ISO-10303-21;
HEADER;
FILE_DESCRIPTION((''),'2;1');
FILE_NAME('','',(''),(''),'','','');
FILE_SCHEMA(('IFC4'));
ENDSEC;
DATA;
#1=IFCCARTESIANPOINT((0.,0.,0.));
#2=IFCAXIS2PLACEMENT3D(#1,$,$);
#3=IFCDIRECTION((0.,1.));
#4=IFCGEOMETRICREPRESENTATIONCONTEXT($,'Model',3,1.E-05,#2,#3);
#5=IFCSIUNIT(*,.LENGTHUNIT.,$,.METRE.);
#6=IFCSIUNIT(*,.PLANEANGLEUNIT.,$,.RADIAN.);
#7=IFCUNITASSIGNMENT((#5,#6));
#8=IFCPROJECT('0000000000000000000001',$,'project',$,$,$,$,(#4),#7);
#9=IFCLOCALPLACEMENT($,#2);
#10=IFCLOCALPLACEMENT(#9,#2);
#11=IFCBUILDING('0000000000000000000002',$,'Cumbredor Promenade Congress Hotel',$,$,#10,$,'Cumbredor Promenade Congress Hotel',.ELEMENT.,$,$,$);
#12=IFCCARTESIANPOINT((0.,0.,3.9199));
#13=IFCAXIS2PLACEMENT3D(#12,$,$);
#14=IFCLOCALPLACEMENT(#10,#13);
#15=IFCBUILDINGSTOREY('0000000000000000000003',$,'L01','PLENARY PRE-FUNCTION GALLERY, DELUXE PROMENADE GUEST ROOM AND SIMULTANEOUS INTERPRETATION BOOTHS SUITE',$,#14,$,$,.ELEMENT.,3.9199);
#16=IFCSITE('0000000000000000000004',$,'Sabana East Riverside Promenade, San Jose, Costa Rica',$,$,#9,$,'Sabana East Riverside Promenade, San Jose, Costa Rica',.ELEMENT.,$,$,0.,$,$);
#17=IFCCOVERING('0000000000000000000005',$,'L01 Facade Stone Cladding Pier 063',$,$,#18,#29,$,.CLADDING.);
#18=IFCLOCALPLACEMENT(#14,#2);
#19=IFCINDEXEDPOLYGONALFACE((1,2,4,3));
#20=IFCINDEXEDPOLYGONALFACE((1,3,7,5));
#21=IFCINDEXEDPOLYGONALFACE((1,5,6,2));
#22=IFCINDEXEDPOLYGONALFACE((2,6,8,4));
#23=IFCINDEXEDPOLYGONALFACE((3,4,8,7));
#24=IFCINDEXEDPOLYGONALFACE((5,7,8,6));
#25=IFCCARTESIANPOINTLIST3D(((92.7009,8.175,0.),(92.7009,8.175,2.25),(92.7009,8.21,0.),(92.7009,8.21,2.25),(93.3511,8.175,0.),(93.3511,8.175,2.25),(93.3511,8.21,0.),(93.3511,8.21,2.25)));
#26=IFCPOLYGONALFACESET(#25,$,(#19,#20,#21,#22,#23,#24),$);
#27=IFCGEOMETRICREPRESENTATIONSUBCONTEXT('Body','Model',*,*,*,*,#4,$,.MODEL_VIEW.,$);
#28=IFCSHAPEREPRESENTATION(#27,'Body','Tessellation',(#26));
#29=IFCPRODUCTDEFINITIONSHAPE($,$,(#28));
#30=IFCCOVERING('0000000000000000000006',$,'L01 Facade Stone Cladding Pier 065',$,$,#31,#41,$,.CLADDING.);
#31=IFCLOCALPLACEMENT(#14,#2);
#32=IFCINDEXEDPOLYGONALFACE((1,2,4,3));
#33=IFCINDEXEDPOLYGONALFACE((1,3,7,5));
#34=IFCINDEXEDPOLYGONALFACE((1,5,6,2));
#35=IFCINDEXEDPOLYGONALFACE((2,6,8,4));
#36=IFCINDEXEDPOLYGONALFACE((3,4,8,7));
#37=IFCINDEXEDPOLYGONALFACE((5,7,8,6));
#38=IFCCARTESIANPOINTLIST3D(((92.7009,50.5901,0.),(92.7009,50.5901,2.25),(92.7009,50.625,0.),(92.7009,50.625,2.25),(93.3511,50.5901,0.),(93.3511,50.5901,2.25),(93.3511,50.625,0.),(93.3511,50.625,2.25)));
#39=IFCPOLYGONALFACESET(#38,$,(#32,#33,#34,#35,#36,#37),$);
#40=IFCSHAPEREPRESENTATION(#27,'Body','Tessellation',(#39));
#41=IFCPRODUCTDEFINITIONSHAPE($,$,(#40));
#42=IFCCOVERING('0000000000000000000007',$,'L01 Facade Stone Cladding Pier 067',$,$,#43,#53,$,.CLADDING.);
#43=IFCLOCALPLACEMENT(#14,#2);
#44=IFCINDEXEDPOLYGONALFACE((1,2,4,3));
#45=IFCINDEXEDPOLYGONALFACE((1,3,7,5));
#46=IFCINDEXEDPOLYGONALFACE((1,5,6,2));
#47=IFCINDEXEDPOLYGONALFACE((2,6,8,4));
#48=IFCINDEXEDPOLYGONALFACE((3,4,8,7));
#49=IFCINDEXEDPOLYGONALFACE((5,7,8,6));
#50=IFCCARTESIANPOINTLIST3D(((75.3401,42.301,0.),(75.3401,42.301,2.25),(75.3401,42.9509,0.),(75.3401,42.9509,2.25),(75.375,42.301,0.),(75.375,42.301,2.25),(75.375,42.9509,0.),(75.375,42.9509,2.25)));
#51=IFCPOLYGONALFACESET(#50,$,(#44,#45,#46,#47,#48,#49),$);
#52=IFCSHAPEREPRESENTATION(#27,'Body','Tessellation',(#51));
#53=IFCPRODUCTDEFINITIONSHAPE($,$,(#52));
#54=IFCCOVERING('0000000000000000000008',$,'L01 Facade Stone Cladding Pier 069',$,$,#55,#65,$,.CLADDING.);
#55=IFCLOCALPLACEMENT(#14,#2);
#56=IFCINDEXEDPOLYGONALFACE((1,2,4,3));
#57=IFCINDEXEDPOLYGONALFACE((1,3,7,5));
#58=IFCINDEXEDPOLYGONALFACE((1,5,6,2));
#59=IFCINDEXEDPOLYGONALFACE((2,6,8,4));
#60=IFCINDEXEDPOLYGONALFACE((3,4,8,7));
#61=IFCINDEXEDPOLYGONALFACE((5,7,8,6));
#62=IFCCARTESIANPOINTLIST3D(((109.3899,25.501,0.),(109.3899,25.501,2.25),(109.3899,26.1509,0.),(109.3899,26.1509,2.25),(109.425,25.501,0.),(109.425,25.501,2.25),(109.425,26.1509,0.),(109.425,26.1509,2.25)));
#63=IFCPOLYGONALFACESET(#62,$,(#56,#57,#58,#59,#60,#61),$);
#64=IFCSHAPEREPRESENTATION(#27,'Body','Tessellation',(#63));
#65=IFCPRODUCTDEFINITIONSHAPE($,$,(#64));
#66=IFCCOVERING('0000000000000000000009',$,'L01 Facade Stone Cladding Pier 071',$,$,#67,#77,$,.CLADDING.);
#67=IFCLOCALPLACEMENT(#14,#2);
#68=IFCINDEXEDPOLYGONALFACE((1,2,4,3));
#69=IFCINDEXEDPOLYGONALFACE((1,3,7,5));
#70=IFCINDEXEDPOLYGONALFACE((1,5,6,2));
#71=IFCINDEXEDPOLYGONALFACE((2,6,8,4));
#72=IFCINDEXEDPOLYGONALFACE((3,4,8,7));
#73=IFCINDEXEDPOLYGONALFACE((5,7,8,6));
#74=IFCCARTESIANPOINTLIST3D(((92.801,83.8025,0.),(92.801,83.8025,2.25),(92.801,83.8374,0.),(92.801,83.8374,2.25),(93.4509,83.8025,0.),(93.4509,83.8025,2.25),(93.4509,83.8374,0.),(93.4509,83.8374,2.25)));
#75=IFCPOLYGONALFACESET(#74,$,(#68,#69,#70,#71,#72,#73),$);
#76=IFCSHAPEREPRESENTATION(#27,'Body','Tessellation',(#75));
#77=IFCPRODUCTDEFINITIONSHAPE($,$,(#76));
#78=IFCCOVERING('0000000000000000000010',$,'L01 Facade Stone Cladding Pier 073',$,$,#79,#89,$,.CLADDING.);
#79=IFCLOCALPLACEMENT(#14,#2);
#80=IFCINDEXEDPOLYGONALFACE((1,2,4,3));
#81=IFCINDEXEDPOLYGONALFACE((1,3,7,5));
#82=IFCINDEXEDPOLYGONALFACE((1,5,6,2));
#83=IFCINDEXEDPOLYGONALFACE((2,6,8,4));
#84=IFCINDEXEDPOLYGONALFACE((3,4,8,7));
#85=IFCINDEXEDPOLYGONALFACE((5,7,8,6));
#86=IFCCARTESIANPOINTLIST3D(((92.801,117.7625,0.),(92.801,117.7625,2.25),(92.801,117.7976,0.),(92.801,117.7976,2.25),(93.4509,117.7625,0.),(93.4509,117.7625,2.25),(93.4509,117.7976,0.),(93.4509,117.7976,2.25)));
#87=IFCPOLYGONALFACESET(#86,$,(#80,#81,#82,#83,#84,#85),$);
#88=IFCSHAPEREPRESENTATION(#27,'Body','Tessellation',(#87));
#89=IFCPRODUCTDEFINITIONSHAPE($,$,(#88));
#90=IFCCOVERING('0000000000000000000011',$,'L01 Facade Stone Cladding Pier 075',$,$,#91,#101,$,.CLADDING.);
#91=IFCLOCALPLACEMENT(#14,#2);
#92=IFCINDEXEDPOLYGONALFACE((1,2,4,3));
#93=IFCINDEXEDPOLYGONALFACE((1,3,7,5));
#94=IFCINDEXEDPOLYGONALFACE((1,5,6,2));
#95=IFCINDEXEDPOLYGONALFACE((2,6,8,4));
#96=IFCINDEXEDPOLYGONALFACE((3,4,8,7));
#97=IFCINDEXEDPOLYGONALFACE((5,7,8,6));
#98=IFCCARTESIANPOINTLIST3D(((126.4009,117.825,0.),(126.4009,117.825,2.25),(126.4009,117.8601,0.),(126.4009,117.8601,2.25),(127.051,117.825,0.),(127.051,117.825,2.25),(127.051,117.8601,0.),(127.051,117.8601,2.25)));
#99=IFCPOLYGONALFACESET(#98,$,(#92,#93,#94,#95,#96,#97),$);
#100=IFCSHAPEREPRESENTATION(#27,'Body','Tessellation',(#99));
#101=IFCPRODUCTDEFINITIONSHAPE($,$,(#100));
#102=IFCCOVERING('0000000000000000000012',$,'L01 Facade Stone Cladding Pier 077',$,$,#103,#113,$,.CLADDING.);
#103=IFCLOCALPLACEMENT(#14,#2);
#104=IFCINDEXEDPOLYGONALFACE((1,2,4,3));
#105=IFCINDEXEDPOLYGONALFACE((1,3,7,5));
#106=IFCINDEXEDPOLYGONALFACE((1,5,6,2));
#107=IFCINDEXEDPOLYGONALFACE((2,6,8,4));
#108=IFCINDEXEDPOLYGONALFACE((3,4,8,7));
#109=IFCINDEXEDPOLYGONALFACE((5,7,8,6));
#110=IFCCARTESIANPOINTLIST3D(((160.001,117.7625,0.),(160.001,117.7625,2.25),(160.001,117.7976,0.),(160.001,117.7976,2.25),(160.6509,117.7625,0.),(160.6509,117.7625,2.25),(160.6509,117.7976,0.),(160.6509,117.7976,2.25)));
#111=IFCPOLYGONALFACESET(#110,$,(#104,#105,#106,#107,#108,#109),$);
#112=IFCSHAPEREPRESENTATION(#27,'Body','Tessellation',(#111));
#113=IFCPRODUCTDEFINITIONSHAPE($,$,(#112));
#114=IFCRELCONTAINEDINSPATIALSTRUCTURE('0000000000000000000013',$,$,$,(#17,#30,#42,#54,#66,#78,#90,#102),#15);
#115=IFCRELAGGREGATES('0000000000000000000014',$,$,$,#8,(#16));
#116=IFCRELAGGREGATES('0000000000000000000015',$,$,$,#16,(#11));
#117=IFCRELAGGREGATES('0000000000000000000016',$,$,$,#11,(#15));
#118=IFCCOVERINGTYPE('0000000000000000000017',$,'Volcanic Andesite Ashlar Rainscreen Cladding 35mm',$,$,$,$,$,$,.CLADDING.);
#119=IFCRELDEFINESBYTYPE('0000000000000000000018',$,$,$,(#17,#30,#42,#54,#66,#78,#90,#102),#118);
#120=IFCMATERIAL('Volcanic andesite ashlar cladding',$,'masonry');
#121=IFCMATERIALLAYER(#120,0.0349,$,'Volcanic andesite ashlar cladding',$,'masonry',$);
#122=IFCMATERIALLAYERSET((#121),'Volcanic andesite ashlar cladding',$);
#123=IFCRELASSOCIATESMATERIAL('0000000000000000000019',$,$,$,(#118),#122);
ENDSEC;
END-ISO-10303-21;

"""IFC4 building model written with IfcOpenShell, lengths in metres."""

from ifc_helpers import new_model, si_unit, direction, frame, origin, place, context, subcontext, project, spatial, polyline, outline, extrude, material, layer, layer_set, type_object, element, save


model = new_model("IFC4")

# Units and contexts
model_context = context("Model", 3, precision=1e-05, world=origin(), true_north=direction((0.0, 1.0)))
body_context = subcontext(model_context, "Body", "Model", "MODEL_VIEW")
ifc_project = project(units=[si_unit("LENGTHUNIT", "METRE"), si_unit("PLANEANGLEUNIT", "RADIAN")], contexts=[model_context])

# Site, building, storey
site_placement = place(None, origin())
site = spatial("IfcSite", under=ifc_project, at=site_placement, Name="Sabana East Riverside Promenade, San Jose, Costa Rica", LongName="Sabana East Riverside Promenade, San Jose, Costa Rica", CompositionType="ELEMENT", RefElevation=0.0)
building_placement = place(site_placement, origin())
building = spatial("IfcBuilding", under=site, at=building_placement, Name="Cumbredor Promenade Congress Hotel", LongName="Cumbredor Promenade Congress Hotel", CompositionType="ELEMENT")
storey_placement = place(building_placement, frame((0.0, 0.0, 3.9199)))
storey = spatial("IfcBuildingStorey", under=building, at=storey_placement, Name="L01", Description="PLENARY PRE-FUNCTION GALLERY, DELUXE PROMENADE GUEST ROOM AND SIMULTANEOUS INTERPRETATION BOOTHS SUITE", CompositionType="ELEMENT", Elevation=3.9199)

# Coverings
ifc_material_1 = material(Name="Volcanic andesite ashlar cladding", Category="masonry")
ifc_layer_1 = layer(ifc_material_1, 0.0349, Name="Volcanic andesite ashlar cladding", Category="masonry")
ifc_layer_set_1 = layer_set([ifc_layer_1], Name="Volcanic andesite ashlar cladding")
covering_type_1 = type_object("IfcCoveringType", Name="Volcanic Andesite Ashlar Rainscreen Cladding 35mm", PredefinedType="CLADDING", material=ifc_layer_set_1)
covering_1_placement = place(storey_placement, origin())
element("IfcCovering", 1, at=covering_1_placement, inside=storey, type_object=covering_type_1, Name="L01 Facade Stone Cladding Pier 063", PredefinedType="CLADDING", context=body_context, shape_type="SweptSolid", body=[
    extrude(outline(polyline([(92.7009, 8.21), (93.3511, 8.21), (93.3511, 8.175), (92.7009, 8.175), (92.7009, 8.21)])), origin(), (0.0, 0.0, 1.0), 2.25),
])
covering_2_placement = place(storey_placement, origin())
element("IfcCovering", 2, at=covering_2_placement, inside=storey, type_object=covering_type_1, Name="L01 Facade Stone Cladding Pier 065", PredefinedType="CLADDING", context=body_context, shape_type="SweptSolid", body=[
    extrude(outline(polyline([(92.7009, 50.5901), (93.3511, 50.5901), (93.3511, 50.625), (92.7009, 50.625), (92.7009, 50.5901)])), origin(), (0.0, 0.0, 1.0), 2.25),
])
covering_3_placement = place(storey_placement, origin())
element("IfcCovering", 3, at=covering_3_placement, inside=storey, type_object=covering_type_1, Name="L01 Facade Stone Cladding Pier 067", PredefinedType="CLADDING", context=body_context, shape_type="SweptSolid", body=[
    extrude(outline(polyline([(75.375, 42.301), (75.375, 42.9509), (75.3401, 42.9509), (75.3401, 42.301), (75.375, 42.301)])), origin(), (0.0, 0.0, 1.0), 2.25),
])
covering_4_placement = place(storey_placement, origin())
element("IfcCovering", 4, at=covering_4_placement, inside=storey, type_object=covering_type_1, Name="L01 Facade Stone Cladding Pier 069", PredefinedType="CLADDING", context=body_context, shape_type="SweptSolid", body=[
    extrude(outline(polyline([(109.3899, 25.501), (109.3899, 26.1509), (109.425, 26.1509), (109.425, 25.501), (109.3899, 25.501)])), origin(), (0.0, 0.0, 1.0), 2.25),
])
covering_5_placement = place(storey_placement, origin())
element("IfcCovering", 5, at=covering_5_placement, inside=storey, type_object=covering_type_1, Name="L01 Facade Stone Cladding Pier 071", PredefinedType="CLADDING", context=body_context, shape_type="SweptSolid", body=[
    extrude(outline(polyline([(92.801, 83.8374), (93.4509, 83.8374), (93.4509, 83.8025), (92.801, 83.8025), (92.801, 83.8374)])), origin(), (0.0, 0.0, 1.0), 2.25),
])
covering_6_placement = place(storey_placement, origin())
element("IfcCovering", 6, at=covering_6_placement, inside=storey, type_object=covering_type_1, Name="L01 Facade Stone Cladding Pier 073", PredefinedType="CLADDING", context=body_context, shape_type="SweptSolid", body=[
    extrude(outline(polyline([(92.801, 117.7625), (93.4509, 117.7625), (93.4509, 117.7976), (92.801, 117.7976), (92.801, 117.7625)])), origin(), (0.0, 0.0, 1.0), 2.25),
])
covering_7_placement = place(storey_placement, origin())
element("IfcCovering", 7, at=covering_7_placement, inside=storey, type_object=covering_type_1, Name="L01 Facade Stone Cladding Pier 075", PredefinedType="CLADDING", context=body_context, shape_type="SweptSolid", body=[
    extrude(outline(polyline([(126.4009, 117.825), (127.051, 117.825), (127.051, 117.8601), (126.4009, 117.8601), (126.4009, 117.825)])), origin(), (0.0, 0.0, 1.0), 2.25),
])
covering_8_placement = place(storey_placement, origin())
element("IfcCovering", 8, at=covering_8_placement, inside=storey, type_object=covering_type_1, Name="L01 Facade Stone Cladding Pier 077", PredefinedType="CLADDING", context=body_context, shape_type="SweptSolid", body=[
    extrude(outline(polyline([(160.001, 117.7625), (160.6509, 117.7625), (160.6509, 117.7976), (160.001, 117.7976), (160.001, 117.7625)])), origin(), (0.0, 0.0, 1.0), 2.25),
])

save(model, "model.ifc")
